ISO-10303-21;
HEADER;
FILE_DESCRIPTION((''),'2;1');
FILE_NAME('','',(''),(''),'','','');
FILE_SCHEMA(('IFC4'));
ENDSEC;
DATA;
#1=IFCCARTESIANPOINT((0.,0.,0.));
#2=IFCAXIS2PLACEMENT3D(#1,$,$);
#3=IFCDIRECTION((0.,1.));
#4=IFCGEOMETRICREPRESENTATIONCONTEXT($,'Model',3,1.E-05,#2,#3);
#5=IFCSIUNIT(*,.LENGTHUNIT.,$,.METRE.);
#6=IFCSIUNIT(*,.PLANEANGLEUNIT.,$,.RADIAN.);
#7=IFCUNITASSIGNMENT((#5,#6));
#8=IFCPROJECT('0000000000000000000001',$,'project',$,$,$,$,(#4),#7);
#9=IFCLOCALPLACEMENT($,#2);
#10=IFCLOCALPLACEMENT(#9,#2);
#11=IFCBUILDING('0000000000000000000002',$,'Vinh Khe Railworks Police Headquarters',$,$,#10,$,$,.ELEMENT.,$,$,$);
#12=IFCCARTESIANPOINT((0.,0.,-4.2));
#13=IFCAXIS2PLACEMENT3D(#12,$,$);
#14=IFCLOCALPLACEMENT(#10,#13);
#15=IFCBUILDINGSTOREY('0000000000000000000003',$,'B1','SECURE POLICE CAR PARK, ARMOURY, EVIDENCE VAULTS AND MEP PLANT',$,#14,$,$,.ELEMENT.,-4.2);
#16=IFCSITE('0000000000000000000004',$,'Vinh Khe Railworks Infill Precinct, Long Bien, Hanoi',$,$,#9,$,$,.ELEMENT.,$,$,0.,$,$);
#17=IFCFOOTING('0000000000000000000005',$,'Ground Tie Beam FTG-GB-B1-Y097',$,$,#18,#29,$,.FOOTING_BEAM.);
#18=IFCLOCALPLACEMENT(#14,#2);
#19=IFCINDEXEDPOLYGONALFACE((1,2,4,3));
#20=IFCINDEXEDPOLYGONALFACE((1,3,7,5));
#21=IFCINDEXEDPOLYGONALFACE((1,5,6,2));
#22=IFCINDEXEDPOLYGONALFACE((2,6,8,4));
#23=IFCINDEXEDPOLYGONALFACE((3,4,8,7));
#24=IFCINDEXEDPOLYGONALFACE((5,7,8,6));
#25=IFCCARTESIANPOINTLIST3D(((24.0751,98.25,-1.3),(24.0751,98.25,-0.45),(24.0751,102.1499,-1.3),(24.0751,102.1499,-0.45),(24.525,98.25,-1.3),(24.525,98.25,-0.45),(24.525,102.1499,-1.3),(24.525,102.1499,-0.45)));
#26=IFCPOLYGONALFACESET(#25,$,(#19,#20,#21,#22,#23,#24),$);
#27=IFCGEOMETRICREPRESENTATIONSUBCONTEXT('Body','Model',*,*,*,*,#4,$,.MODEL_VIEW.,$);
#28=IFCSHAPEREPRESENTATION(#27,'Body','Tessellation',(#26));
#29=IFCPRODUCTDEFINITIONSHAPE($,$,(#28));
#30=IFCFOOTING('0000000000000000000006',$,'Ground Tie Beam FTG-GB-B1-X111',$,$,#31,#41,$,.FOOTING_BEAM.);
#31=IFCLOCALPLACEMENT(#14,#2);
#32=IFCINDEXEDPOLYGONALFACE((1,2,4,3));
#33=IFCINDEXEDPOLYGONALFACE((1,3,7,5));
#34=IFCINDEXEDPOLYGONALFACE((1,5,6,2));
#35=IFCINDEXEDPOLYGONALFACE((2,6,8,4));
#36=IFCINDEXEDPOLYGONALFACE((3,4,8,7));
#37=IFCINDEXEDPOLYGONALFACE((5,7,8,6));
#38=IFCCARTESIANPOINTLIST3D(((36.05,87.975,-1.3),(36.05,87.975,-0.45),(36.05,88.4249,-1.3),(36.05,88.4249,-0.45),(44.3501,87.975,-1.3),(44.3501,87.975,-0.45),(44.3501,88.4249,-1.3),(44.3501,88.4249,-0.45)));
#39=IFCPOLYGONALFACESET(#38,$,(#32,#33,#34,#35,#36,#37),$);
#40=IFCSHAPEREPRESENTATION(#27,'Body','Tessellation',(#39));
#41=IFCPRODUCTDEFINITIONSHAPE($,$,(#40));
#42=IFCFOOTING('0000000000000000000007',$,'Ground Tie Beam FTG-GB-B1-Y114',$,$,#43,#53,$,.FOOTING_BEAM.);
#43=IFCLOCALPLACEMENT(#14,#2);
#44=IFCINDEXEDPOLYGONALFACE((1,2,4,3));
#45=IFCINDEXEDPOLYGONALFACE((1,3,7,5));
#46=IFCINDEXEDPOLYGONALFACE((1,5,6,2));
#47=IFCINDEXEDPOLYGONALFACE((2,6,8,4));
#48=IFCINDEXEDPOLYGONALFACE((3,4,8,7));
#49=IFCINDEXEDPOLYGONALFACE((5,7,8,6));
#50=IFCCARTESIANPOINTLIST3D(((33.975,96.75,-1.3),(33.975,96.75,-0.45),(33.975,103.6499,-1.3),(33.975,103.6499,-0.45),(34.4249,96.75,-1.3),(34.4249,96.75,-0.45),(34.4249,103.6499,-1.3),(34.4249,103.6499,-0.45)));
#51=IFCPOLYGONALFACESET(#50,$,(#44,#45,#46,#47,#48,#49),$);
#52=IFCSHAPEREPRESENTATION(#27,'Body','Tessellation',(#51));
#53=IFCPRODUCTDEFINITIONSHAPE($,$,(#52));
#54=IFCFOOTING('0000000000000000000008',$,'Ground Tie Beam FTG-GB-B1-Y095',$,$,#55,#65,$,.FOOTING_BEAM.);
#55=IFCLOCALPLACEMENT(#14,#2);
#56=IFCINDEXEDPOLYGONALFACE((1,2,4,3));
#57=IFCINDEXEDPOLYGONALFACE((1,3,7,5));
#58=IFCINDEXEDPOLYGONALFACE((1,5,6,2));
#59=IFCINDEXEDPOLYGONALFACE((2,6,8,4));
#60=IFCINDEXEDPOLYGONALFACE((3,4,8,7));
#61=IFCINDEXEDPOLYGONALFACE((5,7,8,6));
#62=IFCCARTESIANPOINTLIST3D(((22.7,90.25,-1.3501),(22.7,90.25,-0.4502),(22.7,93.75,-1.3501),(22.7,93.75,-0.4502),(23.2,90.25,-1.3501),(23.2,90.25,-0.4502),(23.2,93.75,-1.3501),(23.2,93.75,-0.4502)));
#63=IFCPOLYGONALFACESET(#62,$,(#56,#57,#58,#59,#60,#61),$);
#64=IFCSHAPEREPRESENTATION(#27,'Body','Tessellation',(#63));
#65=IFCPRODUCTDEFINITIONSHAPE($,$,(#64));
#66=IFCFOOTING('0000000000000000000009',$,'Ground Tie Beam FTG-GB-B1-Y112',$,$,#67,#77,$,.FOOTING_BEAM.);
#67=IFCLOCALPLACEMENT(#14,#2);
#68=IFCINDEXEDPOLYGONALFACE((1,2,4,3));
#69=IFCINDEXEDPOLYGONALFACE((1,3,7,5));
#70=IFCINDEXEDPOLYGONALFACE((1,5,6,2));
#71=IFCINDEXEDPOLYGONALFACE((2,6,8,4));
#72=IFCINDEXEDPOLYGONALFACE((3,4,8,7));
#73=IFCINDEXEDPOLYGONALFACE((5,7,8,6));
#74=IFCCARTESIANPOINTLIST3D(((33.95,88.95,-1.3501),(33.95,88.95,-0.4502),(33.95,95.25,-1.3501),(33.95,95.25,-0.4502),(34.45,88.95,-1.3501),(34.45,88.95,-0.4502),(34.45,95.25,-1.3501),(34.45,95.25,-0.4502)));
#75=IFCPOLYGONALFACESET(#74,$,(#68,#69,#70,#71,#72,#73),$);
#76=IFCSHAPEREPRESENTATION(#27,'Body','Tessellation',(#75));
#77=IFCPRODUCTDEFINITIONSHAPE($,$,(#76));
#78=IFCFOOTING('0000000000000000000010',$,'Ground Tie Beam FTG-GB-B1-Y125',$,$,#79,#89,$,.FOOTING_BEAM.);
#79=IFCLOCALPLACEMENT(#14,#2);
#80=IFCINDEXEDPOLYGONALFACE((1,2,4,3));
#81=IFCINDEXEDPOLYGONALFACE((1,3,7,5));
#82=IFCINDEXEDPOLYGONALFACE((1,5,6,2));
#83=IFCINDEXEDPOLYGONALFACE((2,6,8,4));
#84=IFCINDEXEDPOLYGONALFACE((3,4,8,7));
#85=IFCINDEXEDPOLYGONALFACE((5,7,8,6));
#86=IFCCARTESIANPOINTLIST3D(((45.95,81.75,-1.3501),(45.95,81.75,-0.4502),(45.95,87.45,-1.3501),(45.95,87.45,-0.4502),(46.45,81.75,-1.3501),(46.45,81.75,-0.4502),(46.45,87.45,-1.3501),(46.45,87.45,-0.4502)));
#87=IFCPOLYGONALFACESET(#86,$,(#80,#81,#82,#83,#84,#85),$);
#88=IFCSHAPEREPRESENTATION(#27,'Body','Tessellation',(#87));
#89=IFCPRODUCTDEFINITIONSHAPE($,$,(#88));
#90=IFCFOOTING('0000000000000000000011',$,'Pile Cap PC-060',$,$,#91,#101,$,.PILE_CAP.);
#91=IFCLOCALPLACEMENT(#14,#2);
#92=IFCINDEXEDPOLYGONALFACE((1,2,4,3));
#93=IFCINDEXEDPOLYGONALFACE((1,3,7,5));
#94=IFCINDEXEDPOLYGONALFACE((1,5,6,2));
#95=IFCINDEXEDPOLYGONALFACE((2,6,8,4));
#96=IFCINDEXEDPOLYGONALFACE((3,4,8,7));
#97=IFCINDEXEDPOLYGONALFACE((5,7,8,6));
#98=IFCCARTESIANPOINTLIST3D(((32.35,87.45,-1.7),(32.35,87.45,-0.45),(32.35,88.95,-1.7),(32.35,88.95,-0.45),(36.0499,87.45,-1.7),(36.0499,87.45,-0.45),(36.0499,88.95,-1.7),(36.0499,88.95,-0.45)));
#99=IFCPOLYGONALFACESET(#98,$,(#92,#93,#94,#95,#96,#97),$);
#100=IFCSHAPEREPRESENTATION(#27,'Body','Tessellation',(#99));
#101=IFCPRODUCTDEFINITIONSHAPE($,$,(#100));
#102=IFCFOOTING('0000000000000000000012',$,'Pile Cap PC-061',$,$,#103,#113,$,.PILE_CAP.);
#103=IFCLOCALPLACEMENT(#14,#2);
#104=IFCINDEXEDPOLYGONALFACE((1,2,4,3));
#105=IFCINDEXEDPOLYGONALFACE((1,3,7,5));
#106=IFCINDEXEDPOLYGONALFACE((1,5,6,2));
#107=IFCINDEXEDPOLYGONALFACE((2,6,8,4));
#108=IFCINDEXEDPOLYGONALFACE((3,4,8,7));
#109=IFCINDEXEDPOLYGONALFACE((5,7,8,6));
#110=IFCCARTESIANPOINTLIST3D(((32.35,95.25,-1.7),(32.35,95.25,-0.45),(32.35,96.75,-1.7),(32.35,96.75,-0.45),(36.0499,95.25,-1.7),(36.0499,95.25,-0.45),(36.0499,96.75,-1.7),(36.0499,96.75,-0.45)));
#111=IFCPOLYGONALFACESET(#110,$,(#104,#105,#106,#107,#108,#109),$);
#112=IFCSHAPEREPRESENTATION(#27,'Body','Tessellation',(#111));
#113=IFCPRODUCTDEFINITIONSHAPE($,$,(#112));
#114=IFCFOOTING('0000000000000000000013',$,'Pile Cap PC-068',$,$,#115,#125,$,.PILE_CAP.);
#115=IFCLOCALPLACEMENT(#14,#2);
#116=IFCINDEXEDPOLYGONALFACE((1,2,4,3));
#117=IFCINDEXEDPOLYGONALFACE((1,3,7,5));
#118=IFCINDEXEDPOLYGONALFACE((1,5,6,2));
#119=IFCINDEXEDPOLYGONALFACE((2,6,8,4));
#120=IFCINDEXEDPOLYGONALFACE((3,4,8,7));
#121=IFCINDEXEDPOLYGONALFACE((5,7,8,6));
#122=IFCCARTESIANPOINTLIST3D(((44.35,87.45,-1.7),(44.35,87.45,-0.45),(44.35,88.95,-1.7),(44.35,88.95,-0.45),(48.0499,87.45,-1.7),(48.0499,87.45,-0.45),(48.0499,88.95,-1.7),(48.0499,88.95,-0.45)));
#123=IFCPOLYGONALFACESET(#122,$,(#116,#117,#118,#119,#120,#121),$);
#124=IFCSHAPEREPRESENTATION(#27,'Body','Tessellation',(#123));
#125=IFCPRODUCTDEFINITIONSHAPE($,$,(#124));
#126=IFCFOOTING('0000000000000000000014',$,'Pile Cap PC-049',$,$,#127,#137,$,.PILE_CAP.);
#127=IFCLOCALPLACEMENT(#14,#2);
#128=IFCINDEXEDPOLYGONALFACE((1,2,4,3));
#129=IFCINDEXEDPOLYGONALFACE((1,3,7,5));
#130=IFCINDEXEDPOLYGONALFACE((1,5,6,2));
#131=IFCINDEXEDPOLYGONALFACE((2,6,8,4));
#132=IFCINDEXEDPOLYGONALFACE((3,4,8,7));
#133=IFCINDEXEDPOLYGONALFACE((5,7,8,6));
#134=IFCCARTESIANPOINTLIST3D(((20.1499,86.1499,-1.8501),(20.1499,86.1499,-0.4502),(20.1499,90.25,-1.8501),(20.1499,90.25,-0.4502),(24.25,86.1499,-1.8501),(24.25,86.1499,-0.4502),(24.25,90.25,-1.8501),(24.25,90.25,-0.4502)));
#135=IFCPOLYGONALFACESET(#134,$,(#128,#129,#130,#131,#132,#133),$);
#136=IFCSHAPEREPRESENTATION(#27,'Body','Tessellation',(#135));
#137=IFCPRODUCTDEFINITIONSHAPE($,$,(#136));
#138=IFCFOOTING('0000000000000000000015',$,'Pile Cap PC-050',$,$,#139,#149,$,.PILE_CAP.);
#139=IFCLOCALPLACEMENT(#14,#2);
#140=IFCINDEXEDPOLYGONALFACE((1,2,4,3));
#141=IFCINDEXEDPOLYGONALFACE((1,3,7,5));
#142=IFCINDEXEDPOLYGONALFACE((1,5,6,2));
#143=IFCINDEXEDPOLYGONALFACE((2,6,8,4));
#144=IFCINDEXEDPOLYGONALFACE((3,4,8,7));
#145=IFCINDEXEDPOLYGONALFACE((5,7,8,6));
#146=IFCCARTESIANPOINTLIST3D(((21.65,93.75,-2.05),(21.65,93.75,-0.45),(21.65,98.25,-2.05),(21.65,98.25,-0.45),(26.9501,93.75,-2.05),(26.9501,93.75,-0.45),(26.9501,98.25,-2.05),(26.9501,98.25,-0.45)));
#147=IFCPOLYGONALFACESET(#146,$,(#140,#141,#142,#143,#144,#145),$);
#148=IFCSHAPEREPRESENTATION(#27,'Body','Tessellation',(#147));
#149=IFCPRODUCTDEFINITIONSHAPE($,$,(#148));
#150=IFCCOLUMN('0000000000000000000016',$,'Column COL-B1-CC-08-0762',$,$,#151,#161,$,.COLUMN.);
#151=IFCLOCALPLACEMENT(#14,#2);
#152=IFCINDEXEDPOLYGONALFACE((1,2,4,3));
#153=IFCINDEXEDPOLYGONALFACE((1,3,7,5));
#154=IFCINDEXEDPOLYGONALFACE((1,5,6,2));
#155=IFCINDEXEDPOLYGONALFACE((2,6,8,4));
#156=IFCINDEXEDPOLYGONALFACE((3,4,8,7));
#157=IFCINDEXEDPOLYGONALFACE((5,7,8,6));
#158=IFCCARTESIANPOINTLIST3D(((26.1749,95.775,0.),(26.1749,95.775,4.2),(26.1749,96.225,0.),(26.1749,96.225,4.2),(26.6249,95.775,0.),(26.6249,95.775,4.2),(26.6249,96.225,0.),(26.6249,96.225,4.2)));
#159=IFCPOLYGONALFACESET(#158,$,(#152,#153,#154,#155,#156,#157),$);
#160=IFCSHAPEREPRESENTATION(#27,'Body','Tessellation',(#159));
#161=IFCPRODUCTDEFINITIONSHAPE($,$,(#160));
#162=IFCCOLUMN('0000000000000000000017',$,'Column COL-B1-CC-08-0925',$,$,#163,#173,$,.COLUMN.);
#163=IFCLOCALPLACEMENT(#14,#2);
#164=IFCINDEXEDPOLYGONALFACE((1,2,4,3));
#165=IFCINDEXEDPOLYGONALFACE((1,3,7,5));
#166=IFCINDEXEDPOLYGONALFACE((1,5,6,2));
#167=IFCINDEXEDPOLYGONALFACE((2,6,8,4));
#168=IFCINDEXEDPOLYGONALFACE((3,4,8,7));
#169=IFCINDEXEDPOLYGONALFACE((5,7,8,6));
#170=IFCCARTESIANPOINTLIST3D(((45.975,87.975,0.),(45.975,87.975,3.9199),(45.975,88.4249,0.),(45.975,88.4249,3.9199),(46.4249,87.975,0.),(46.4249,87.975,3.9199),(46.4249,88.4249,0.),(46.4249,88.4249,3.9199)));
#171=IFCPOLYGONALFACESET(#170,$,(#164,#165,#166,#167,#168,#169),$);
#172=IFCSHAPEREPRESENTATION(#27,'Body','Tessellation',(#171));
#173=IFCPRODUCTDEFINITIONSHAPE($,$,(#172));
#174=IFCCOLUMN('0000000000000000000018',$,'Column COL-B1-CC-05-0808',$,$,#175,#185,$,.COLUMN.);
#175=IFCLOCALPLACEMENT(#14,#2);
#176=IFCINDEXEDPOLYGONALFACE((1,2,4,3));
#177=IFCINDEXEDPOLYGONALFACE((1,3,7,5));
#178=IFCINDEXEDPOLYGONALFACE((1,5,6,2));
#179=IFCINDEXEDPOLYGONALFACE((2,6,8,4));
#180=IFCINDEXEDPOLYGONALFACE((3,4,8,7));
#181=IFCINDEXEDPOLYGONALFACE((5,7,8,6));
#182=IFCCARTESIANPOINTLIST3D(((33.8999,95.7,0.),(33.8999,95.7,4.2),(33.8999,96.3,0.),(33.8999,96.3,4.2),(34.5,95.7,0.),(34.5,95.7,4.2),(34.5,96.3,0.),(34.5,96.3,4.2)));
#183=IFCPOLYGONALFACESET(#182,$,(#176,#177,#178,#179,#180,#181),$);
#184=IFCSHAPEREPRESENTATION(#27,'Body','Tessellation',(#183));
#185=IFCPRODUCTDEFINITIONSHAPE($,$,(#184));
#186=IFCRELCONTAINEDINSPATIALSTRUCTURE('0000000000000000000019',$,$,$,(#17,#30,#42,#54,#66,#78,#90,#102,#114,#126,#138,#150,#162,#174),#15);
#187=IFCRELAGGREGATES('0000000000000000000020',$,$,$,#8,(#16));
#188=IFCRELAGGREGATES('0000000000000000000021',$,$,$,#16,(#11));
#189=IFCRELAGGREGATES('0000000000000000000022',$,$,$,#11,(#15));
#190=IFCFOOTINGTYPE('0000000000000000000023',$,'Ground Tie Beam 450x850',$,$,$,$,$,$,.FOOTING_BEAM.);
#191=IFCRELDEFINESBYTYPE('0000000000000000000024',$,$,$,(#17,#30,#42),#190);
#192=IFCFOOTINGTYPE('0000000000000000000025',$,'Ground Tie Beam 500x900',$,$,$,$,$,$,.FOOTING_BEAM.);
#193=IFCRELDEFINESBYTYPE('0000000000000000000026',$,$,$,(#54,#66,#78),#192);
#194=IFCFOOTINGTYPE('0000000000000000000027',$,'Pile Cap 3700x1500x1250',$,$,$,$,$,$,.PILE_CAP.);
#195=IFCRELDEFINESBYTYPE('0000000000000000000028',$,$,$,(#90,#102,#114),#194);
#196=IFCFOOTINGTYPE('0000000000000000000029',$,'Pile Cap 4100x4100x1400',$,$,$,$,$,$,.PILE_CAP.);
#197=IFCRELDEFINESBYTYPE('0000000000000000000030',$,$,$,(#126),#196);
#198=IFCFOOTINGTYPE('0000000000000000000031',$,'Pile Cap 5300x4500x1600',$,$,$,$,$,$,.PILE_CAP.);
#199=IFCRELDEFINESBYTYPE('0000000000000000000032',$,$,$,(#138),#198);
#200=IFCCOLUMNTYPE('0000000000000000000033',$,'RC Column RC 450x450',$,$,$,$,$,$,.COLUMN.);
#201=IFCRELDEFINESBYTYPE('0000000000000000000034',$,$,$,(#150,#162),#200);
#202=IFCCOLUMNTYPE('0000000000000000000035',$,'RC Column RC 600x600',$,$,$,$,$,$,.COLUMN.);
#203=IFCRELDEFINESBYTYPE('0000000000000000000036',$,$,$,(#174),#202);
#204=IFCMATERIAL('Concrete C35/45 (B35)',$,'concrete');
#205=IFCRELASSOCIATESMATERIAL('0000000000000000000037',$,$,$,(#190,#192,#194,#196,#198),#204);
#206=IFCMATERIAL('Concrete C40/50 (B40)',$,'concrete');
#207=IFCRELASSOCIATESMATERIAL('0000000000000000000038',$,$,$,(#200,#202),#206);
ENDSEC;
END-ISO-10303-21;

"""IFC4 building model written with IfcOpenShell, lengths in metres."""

from ifc_helpers import new_model, si_unit, direction, frame, origin, origin_2d, place, context, subcontext, project, spatial, rectangle, extrude, material, material_profile, profile_set, type_object, element, save


model = new_model("IFC4")

# Units and contexts
model_context = context("Model", 3, precision=1e-05, world=origin(), true_north=direction((0.0, 1.0)))
body_context = subcontext(model_context, "Body", "Model", "MODEL_VIEW")
ifc_project = project(units=[si_unit("LENGTHUNIT", "METRE"), si_unit("PLANEANGLEUNIT", "RADIAN")], contexts=[model_context])

# Site, building, storey
site_placement = place(None, origin())
site = spatial("IfcSite", under=ifc_project, at=site_placement, Name="Vinh Khe Railworks Infill Precinct, Long Bien, Hanoi", CompositionType="ELEMENT", RefElevation=0.0)
building_placement = place(site_placement, origin())
building = spatial("IfcBuilding", under=site, at=building_placement, Name="Vinh Khe Railworks Police Headquarters", CompositionType="ELEMENT")
storey_placement = place(building_placement, frame((0.0, 0.0, -4.2)))
storey = spatial("IfcBuildingStorey", under=building, at=storey_placement, Name="B1", Description="SECURE POLICE CAR PARK, ARMOURY, EVIDENCE VAULTS AND MEP PLANT", CompositionType="ELEMENT", Elevation=-4.2)

# Shared definitions
ifc_material_1 = material(Name="Concrete C35/45 (B35)", Category="concrete")

# Footings
ifc_material_profile_1 = material_profile(ifc_material_1, rectangle(XDim=0.45, YDim=0.8501, at=origin_2d()), Name="RC 450x850")
ifc_profile_set_1 = profile_set([ifc_material_profile_1], Name="Concrete C35/45 (B35)")
footing_type_1 = type_object("IfcFootingType", Name="Ground Tie Beam 450x850", PredefinedType="FOOTING_BEAM", material=ifc_profile_set_1)
footing_1_placement = place(storey_placement, frame((24.3, 98.25, -0.875), z_axis=(0.0, 1.0, 0.0), x_axis=(-1.0, 0.0, 0.0)))
element("IfcFooting", 1, at=footing_1_placement, inside=storey, type_object=footing_type_1, Name="Ground Tie Beam FTG-GB-B1-Y097", PredefinedType="FOOTING_BEAM", context=body_context, shape_type="SweptSolid", body=[
    extrude(rectangle(XDim=0.45, YDim=0.8501, at=origin_2d()), origin(), (0.0, 0.0, 1.0), 3.8999),
])
footing_2_placement = place(storey_placement, frame((36.05, 88.2, -0.875), z_axis=(1.0, 0.0, 0.0), x_axis=(0.0, 1.0, 0.0)))
element("IfcFooting", 2, at=footing_2_placement, inside=storey, type_object=footing_type_1, Name="Ground Tie Beam FTG-GB-B1-X111", PredefinedType="FOOTING_BEAM", context=body_context, shape_type="SweptSolid", body=[
    extrude(rectangle(XDim=0.45, YDim=0.8501, at=origin_2d()), origin(), (0.0, 0.0, 1.0), 8.3),
])
footing_3_placement = place(storey_placement, frame((34.2, 96.75, -0.875), z_axis=(0.0, 1.0, 0.0), x_axis=(-1.0, 0.0, 0.0)))
element("IfcFooting", 3, at=footing_3_placement, inside=storey, type_object=footing_type_1, Name="Ground Tie Beam FTG-GB-B1-Y114", PredefinedType="FOOTING_BEAM", context=body_context, shape_type="SweptSolid", body=[
    extrude(rectangle(XDim=0.45, YDim=0.8501, at=origin_2d()), origin(), (0.0, 0.0, 1.0), 6.8999),
])
ifc_material_profile_2 = material_profile(ifc_material_1, rectangle(XDim=0.5, YDim=0.8999, at=origin_2d()), Name="RC 500x900")
ifc_profile_set_2 = profile_set([ifc_material_profile_2], Name="Concrete C35/45 (B35)")
footing_type_2 = type_object("IfcFootingType", Name="Ground Tie Beam 500x900", PredefinedType="FOOTING_BEAM", material=ifc_profile_set_2)
footing_4_placement = place(storey_placement, frame((22.95, 90.25, -0.9001), z_axis=(0.0, 1.0, 0.0), x_axis=(-1.0, 0.0, 0.0)))
element("IfcFooting", 4, at=footing_4_placement, inside=storey, type_object=footing_type_2, Name="Ground Tie Beam FTG-GB-B1-Y095", PredefinedType="FOOTING_BEAM", context=body_context, shape_type="SweptSolid", body=[
    extrude(rectangle(XDim=0.5, YDim=0.8999, at=origin_2d()), origin(), (0.0, 0.0, 1.0), 3.5),
])
footing_5_placement = place(storey_placement, frame((34.2, 88.95, -0.9001), z_axis=(0.0, 1.0, 0.0), x_axis=(-1.0, 0.0, 0.0)))
element("IfcFooting", 5, at=footing_5_placement, inside=storey, type_object=footing_type_2, Name="Ground Tie Beam FTG-GB-B1-Y112", PredefinedType="FOOTING_BEAM", context=body_context, shape_type="SweptSolid", body=[
    extrude(rectangle(XDim=0.5, YDim=0.8999, at=origin_2d()), origin(), (0.0, 0.0, 1.0), 6.3),
])
footing_6_placement = place(storey_placement, frame((46.2, 81.75, -0.9001), z_axis=(0.0, 1.0, 0.0), x_axis=(-1.0, 0.0, 0.0)))
element("IfcFooting", 6, at=footing_6_placement, inside=storey, type_object=footing_type_2, Name="Ground Tie Beam FTG-GB-B1-Y125", PredefinedType="FOOTING_BEAM", context=body_context, shape_type="SweptSolid", body=[
    extrude(rectangle(XDim=0.5, YDim=0.8999, at=origin_2d()), origin(), (0.0, 0.0, 1.0), 5.7),
])
footing_type_3 = type_object("IfcFootingType", Name="Pile Cap 3700x1500x1250", PredefinedType="PILE_CAP", material=ifc_material_1)
for number, where, z_axis, x_axis, name in (
    (7, (34.2, 88.2, -1.7), (0.0, 0.0, 1.0), (1.0, 0.0, 0.0), "Pile Cap PC-060"),
    (8, (34.2, 96.0, -1.7), (0.0, 0.0, 1.0), (1.0, 0.0, 0.0), "Pile Cap PC-061"),
    (9, (46.2, 88.2, -1.7), (0.0, 0.0, 1.0), (1.0, 0.0, 0.0), "Pile Cap PC-068"),
):
    element("IfcFooting", number, at=place(storey_placement, frame(where, z_axis=z_axis, x_axis=x_axis)), inside=storey, type_object=footing_type_3, Name=name, PredefinedType="PILE_CAP", context=body_context, shape_type="SweptSolid", body=[
        extrude(rectangle(XDim=3.7, YDim=1.5, at=origin_2d()), origin(), (0.0, 0.0, 1.0), 1.25),
    ])
footing_type_4 = type_object("IfcFootingType", Name="Pile Cap 4100x4100x1400", PredefinedType="PILE_CAP", material=ifc_material_1)
footing_7_placement = place(storey_placement, frame((22.2, 88.2, -1.8501), z_axis=(0.0, 0.0, 1.0), x_axis=(1.0, 0.0, 0.0)))
element("IfcFooting", 10, at=footing_7_placement, inside=storey, type_object=footing_type_4, Name="Pile Cap PC-049", PredefinedType="PILE_CAP", context=body_context, shape_type="SweptSolid", body=[
    extrude(rectangle(XDim=4.1001, YDim=4.1001, at=origin_2d()), origin(), (0.0, 0.0, 1.0), 1.3999),
])
footing_type_5 = type_object("IfcFootingType", Name="Pile Cap 5300x4500x1600", PredefinedType="PILE_CAP", material=ifc_material_1)
footing_8_placement = place(storey_placement, frame((24.3, 96.0, -2.05), z_axis=(0.0, 0.0, 1.0), x_axis=(1.0, 0.0, 0.0)))
element("IfcFooting", 11, at=footing_8_placement, inside=storey, type_object=footing_type_5, Name="Pile Cap PC-050", PredefinedType="PILE_CAP", context=body_context, shape_type="SweptSolid", body=[
    extrude(rectangle(XDim=5.3, YDim=4.5, at=origin_2d()), origin(), (0.0, 0.0, 1.0), 1.6001),
])

# Columns
ifc_material_2 = material(Name="Concrete C40/50 (B40)", Category="concrete")
ifc_material_profile_3 = material_profile(ifc_material_2, rectangle(XDim=0.45, YDim=0.45, at=origin_2d()), Name="RC 450x450")
ifc_profile_set_3 = profile_set([ifc_material_profile_3], Name="Concrete C40/50 (B40)")
column_type_1 = type_object("IfcColumnType", Name="RC Column RC 450x450", PredefinedType="COLUMN", material=ifc_profile_set_3)
column_1_placement = place(storey_placement, frame((26.3999, 96.0, 0.0), z_axis=(0.0, 0.0, 1.0), x_axis=(1.0, 0.0, 0.0)))
element("IfcColumn", 12, at=column_1_placement, inside=storey, type_object=column_type_1, Name="Column COL-B1-CC-08-0762", PredefinedType="COLUMN", context=body_context, shape_type="SweptSolid", body=[
    extrude(rectangle(XDim=0.45, YDim=0.45, at=origin_2d()), origin(), (0.0, 0.0, 1.0), 4.2),
])
column_2_placement = place(storey_placement, frame((46.2, 88.2, 0.0), z_axis=(0.0, 0.0, 1.0), x_axis=(1.0, 0.0, 0.0)))
element("IfcColumn", 13, at=column_2_placement, inside=storey, type_object=column_type_1, Name="Column COL-B1-CC-08-0925", PredefinedType="COLUMN", context=body_context, shape_type="SweptSolid", body=[
    extrude(rectangle(XDim=0.45, YDim=0.45, at=origin_2d()), origin(), (0.0, 0.0, 1.0), 3.9199),
])
ifc_material_profile_4 = material_profile(ifc_material_2, rectangle(XDim=0.6001, YDim=0.6001, at=origin_2d()), Name="RC 600x600")
ifc_profile_set_4 = profile_set([ifc_material_profile_4], Name="Concrete C40/50 (B40)")
column_type_2 = type_object("IfcColumnType", Name="RC Column RC 600x600", PredefinedType="COLUMN", material=ifc_profile_set_4)
column_3_placement = place(storey_placement, frame((34.2, 96.0, 0.0), z_axis=(0.0, 0.0, 1.0), x_axis=(1.0, 0.0, 0.0)))
element("IfcColumn", 14, at=column_3_placement, inside=storey, type_object=column_type_2, Name="Column COL-B1-CC-05-0808", PredefinedType="COLUMN", context=body_context, shape_type="SweptSolid", body=[
    extrude(rectangle(XDim=0.6001, YDim=0.6001, at=origin_2d()), origin(), (0.0, 0.0, 1.0), 4.2),
])

save(model, "model.ifc")
